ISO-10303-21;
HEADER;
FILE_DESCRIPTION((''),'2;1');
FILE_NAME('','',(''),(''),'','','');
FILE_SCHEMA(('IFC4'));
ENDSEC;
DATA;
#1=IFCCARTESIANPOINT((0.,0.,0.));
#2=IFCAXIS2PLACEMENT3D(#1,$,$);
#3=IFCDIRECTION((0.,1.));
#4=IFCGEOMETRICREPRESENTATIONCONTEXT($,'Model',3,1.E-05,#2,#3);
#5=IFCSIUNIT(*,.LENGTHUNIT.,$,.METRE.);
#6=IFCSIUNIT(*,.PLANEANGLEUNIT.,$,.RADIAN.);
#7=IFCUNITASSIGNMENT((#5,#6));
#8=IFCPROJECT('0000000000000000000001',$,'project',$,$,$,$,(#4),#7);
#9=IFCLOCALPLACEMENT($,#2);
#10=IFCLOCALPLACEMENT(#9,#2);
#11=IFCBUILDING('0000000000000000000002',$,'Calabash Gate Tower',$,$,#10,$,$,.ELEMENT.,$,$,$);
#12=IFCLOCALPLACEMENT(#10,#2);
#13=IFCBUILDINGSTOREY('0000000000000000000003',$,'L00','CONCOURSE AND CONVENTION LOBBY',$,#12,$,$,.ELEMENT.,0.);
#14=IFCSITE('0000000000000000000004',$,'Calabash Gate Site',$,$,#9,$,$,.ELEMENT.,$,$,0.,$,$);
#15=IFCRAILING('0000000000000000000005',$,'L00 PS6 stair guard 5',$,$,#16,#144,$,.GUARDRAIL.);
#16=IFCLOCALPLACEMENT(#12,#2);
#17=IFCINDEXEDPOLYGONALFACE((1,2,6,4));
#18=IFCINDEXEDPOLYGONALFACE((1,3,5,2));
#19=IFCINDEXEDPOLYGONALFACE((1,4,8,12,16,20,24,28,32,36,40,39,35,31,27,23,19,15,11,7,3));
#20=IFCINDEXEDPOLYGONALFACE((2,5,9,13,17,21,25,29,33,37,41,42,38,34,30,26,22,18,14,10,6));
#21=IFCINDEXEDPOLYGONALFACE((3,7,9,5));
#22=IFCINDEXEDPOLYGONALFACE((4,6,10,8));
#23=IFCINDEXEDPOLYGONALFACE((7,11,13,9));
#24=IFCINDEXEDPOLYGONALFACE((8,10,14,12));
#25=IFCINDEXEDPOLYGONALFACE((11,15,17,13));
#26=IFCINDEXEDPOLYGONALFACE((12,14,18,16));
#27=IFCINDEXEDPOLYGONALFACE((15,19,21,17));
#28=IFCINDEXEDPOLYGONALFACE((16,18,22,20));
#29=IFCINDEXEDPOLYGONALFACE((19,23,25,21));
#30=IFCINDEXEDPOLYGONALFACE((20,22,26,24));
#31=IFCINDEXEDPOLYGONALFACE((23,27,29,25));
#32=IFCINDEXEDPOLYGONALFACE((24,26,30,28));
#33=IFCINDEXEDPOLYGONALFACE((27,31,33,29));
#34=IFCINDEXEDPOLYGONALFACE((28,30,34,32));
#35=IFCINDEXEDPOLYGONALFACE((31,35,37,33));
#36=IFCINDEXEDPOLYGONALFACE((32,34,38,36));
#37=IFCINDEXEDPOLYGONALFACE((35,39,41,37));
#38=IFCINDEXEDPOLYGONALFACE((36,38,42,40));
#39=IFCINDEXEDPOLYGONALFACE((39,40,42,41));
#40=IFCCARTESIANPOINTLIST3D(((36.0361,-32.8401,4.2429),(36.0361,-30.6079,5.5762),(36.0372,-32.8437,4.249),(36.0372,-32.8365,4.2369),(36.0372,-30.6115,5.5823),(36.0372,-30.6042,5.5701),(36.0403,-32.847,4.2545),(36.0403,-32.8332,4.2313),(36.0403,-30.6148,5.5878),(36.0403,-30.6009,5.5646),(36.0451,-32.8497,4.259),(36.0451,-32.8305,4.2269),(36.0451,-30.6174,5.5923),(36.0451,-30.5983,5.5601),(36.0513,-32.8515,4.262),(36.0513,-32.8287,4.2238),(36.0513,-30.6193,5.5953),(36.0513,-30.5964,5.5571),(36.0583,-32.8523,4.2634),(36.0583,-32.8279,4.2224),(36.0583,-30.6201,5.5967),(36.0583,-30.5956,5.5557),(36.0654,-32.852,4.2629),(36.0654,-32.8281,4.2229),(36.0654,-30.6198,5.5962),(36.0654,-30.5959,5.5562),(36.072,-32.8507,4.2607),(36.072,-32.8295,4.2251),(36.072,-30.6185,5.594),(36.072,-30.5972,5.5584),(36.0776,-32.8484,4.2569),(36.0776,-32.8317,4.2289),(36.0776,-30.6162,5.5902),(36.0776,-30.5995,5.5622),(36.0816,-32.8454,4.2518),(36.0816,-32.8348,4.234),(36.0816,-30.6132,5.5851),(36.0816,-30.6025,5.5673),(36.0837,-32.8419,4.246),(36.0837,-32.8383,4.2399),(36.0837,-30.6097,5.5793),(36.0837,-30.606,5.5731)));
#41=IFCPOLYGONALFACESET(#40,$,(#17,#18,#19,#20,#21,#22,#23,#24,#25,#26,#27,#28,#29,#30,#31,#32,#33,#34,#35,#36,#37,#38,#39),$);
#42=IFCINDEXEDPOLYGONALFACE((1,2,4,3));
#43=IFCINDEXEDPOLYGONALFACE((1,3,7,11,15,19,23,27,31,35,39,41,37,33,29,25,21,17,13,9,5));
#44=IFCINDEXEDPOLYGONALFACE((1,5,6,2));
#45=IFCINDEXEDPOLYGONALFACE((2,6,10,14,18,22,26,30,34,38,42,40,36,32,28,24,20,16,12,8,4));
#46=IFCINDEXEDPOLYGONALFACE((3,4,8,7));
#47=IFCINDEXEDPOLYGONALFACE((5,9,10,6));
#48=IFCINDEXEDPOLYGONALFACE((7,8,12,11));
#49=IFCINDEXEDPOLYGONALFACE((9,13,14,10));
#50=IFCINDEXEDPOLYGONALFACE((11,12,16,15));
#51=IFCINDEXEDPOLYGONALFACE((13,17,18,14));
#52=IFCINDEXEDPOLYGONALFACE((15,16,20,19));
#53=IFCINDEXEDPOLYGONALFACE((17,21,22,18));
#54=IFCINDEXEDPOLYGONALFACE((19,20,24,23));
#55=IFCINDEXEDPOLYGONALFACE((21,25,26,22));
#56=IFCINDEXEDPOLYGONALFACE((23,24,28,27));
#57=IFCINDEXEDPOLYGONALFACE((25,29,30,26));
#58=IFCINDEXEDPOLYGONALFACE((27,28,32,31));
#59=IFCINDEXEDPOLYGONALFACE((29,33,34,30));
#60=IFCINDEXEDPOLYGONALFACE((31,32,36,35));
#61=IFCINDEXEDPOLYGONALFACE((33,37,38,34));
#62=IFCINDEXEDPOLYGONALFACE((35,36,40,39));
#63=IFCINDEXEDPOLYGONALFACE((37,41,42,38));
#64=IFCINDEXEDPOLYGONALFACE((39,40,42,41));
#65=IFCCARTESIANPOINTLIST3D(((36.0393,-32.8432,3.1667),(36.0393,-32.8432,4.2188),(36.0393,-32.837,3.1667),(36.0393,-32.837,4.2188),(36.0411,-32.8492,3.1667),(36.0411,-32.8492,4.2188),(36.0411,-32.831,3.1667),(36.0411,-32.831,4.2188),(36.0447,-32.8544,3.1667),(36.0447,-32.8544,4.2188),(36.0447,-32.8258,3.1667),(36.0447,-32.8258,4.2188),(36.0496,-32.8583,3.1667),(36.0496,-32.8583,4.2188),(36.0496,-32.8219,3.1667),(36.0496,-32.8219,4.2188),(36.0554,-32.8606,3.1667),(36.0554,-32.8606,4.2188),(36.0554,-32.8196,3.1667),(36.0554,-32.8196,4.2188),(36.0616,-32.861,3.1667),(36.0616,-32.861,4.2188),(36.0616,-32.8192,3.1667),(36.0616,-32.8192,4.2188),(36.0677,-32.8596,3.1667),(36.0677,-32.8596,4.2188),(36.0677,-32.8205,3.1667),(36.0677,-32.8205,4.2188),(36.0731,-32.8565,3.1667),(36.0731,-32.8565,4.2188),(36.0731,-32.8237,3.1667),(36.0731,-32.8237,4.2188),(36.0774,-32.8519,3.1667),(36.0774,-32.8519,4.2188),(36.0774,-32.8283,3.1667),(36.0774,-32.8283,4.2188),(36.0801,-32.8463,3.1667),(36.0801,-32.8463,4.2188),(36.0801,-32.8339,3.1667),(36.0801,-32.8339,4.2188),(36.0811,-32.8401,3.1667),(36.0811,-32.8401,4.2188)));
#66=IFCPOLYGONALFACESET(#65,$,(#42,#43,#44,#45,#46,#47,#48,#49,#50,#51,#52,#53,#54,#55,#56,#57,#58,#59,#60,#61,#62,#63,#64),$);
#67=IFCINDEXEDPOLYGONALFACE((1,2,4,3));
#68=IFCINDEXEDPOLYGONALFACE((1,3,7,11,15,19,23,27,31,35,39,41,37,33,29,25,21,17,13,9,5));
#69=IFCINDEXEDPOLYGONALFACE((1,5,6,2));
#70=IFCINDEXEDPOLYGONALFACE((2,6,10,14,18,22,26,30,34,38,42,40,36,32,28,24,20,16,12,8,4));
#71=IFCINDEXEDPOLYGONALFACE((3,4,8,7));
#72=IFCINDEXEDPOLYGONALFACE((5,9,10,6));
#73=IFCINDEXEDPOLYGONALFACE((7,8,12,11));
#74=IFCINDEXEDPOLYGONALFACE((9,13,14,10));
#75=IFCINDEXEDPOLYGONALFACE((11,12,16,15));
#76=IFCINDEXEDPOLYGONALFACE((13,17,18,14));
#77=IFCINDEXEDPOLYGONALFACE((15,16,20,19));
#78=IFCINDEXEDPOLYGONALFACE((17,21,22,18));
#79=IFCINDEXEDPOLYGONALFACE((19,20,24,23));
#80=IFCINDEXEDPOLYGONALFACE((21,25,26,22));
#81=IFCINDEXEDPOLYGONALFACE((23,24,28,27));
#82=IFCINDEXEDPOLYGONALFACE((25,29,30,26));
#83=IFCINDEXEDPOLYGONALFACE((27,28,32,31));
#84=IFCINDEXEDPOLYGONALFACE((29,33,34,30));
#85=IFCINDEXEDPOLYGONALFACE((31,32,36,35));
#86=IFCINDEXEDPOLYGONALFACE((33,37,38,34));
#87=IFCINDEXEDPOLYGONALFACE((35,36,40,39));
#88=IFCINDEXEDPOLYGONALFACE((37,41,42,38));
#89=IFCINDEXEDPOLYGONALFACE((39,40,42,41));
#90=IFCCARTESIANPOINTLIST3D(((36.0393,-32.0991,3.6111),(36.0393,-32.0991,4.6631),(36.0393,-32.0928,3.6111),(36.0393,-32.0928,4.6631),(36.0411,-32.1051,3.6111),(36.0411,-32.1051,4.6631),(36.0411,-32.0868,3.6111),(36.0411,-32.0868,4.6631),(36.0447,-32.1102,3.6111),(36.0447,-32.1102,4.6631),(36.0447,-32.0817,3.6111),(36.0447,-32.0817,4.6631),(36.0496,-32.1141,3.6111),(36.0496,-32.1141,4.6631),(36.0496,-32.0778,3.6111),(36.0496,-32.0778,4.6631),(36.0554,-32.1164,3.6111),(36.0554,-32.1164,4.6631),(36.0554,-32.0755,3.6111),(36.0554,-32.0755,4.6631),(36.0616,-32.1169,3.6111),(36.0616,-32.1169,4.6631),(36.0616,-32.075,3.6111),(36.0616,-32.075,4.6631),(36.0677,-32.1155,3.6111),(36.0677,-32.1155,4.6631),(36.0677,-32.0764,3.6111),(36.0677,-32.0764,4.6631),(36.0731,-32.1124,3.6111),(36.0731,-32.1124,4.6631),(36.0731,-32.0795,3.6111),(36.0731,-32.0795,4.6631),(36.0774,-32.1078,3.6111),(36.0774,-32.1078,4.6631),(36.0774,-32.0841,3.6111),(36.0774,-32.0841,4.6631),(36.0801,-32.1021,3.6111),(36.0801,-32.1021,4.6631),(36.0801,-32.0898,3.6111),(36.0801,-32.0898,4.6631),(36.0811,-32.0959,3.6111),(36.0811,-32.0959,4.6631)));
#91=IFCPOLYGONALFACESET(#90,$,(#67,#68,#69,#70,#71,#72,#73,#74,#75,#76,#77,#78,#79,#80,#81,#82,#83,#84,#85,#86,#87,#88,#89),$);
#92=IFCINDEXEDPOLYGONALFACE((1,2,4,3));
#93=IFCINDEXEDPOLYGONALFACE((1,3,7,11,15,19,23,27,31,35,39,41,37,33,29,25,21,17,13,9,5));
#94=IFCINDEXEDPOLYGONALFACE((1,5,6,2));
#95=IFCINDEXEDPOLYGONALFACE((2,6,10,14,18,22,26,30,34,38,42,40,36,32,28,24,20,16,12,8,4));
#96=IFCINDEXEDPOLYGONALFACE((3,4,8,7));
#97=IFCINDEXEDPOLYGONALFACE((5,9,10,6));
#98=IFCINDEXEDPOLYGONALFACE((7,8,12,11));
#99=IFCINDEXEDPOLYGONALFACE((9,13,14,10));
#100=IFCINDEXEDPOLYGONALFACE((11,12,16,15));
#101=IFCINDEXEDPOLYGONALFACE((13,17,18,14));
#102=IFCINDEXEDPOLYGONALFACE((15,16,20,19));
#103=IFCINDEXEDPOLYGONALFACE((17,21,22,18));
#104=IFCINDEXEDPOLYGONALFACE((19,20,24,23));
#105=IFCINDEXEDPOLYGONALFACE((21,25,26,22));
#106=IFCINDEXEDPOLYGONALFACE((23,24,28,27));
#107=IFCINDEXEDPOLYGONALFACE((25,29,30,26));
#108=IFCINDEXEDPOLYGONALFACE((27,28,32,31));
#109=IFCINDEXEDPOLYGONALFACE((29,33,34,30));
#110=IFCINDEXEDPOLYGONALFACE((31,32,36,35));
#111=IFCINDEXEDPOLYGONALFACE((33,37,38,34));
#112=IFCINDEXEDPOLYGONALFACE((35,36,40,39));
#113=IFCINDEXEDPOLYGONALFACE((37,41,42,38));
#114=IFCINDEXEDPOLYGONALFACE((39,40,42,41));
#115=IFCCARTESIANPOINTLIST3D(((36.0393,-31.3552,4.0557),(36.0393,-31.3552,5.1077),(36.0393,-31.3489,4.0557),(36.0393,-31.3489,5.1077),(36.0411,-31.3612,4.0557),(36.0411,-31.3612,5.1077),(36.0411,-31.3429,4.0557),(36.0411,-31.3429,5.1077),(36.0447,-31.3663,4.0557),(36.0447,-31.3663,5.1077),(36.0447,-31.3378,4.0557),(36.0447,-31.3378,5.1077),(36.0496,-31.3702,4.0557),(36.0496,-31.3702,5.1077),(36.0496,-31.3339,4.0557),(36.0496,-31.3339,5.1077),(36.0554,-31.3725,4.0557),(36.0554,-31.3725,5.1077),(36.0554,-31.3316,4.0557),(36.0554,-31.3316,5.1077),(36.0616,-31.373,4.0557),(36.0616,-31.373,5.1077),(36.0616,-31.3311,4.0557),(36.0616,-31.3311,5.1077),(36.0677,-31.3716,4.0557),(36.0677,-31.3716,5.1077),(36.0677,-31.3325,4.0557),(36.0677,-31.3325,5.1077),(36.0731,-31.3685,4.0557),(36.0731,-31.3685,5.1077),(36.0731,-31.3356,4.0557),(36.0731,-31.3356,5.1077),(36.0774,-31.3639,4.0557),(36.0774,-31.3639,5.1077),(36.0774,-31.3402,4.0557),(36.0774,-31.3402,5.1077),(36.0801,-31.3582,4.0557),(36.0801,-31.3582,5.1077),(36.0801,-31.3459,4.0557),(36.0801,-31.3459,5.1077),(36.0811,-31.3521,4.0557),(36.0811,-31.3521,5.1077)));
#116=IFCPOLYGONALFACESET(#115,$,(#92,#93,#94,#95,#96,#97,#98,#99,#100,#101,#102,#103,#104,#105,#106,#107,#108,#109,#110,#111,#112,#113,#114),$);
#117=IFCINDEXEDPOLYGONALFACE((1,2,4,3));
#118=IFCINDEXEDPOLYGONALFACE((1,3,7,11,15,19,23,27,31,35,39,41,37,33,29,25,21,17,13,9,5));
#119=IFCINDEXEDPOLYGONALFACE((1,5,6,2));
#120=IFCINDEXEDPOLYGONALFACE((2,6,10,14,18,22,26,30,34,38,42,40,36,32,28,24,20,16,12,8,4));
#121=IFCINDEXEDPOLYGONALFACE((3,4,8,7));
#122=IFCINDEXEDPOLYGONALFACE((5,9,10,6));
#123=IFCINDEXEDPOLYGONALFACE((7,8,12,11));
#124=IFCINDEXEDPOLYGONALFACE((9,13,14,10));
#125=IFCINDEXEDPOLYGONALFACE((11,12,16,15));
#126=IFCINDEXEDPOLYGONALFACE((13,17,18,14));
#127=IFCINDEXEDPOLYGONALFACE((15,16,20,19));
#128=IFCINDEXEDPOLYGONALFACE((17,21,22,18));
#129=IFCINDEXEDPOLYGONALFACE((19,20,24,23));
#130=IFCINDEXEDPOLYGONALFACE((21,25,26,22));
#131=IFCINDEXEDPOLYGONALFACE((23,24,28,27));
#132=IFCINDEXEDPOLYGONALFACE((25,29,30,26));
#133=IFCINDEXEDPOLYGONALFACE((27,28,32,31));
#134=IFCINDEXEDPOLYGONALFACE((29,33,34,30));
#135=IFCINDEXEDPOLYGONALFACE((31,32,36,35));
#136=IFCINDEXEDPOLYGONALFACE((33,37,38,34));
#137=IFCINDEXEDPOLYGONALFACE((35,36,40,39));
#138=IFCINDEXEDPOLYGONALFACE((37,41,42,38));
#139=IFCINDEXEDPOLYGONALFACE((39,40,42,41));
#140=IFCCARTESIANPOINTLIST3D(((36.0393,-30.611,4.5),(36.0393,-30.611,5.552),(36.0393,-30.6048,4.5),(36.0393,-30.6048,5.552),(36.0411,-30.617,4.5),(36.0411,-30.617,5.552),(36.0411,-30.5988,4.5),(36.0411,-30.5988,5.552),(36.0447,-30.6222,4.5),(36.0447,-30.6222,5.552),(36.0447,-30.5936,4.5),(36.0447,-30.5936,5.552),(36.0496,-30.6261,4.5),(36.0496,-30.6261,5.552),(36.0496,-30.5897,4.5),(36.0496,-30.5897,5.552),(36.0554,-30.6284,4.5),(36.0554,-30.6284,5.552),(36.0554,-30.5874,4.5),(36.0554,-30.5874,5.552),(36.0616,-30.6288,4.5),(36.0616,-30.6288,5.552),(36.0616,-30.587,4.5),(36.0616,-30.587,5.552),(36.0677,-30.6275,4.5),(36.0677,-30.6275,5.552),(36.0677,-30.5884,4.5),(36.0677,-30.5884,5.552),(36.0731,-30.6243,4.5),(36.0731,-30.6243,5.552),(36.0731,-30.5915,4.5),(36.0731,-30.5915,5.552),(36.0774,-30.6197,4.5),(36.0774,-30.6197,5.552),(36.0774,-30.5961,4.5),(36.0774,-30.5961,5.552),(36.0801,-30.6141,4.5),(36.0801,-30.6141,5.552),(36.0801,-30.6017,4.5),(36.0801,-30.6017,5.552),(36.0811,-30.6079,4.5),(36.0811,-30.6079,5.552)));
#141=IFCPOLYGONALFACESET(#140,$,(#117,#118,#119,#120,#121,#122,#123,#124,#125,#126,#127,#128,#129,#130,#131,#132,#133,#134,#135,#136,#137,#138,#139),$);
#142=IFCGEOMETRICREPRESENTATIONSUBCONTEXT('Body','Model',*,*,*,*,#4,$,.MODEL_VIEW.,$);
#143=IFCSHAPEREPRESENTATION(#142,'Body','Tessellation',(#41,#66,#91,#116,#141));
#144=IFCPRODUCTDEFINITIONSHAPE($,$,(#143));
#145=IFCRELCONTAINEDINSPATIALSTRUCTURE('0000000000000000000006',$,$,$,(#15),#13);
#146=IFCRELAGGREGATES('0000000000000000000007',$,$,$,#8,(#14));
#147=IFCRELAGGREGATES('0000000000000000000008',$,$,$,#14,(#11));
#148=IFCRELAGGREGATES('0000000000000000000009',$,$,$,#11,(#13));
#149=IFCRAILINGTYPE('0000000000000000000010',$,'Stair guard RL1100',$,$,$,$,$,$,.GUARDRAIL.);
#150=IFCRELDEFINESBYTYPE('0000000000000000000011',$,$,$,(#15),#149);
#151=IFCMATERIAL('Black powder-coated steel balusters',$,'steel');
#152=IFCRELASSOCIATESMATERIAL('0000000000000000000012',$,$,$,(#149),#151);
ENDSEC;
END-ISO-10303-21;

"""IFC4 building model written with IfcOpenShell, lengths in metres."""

from ifc_helpers import new_model, si_unit, direction, frame, origin, origin_2d, place, context, subcontext, project, spatial, circle, extrude, material, type_object, element, save


model = new_model("IFC4")

# Units and contexts
model_context = context("Model", 3, precision=1e-05, world=origin(), true_north=direction((0.0, 1.0)))
body_context = subcontext(model_context, "Body", "Model", "MODEL_VIEW")
ifc_project = project(units=[si_unit("LENGTHUNIT", "METRE"), si_unit("PLANEANGLEUNIT", "RADIAN")], contexts=[model_context])

# Site, building, storey
site_placement = place(None, origin())
site = spatial("IfcSite", under=ifc_project, at=site_placement, Name="Calabash Gate Site", CompositionType="ELEMENT", RefElevation=0.0)
building_placement = place(site_placement, origin())
building = spatial("IfcBuilding", under=site, at=building_placement, Name="Calabash Gate Tower", CompositionType="ELEMENT")
storey_placement = place(building_placement, origin())
storey = spatial("IfcBuildingStorey", under=building, at=storey_placement, Name="L00", Description="CONCOURSE AND CONVENTION LOBBY", CompositionType="ELEMENT", Elevation=0.0)

# Railing
ifc_material_1 = material(Name="Black powder-coated steel balusters", Category="steel")
railing_type_1 = type_object("IfcRailingType", Name="Stair guard RL1100", PredefinedType="GUARDRAIL", material=ifc_material_1)
railing_1_placement = place(storey_placement, frame((36.0601, -32.8401, 3.1667)))
element("IfcRailing", 1, at=railing_1_placement, inside=storey, type_object=railing_type_1, Name="L00 PS6 stair guard 5", PredefinedType="GUARDRAIL", context=body_context, shape_type="SweptSolid", body=[
    extrude(circle(Radius=0.0239, at=origin_2d()), frame((0.0, 0.0, 1.0762), z_axis=(0.0, 0.858519, 0.512782), x_axis=(-1.0, 0.0, 0.0)), (0.0, 0.0, 1.0), 2.6001),
    extrude(circle(Radius=0.021, at=origin_2d()), origin(), (0.0, 0.0, 1.0), 1.052),
    extrude(circle(Radius=0.021, at=origin_2d()), frame((0.0, 0.7441, 0.4443)), (0.0, 0.0, 1.0), 1.052),
    extrude(circle(Radius=0.021, at=origin_2d()), frame((0.0, 1.488, 0.8889)), (0.0, 0.0, 1.0), 1.052),
    extrude(circle(Radius=0.021, at=origin_2d()), frame((0.0, 2.2322, 1.3333)), (0.0, 0.0, 1.0), 1.052),
])

save(model, "model.ifc")
